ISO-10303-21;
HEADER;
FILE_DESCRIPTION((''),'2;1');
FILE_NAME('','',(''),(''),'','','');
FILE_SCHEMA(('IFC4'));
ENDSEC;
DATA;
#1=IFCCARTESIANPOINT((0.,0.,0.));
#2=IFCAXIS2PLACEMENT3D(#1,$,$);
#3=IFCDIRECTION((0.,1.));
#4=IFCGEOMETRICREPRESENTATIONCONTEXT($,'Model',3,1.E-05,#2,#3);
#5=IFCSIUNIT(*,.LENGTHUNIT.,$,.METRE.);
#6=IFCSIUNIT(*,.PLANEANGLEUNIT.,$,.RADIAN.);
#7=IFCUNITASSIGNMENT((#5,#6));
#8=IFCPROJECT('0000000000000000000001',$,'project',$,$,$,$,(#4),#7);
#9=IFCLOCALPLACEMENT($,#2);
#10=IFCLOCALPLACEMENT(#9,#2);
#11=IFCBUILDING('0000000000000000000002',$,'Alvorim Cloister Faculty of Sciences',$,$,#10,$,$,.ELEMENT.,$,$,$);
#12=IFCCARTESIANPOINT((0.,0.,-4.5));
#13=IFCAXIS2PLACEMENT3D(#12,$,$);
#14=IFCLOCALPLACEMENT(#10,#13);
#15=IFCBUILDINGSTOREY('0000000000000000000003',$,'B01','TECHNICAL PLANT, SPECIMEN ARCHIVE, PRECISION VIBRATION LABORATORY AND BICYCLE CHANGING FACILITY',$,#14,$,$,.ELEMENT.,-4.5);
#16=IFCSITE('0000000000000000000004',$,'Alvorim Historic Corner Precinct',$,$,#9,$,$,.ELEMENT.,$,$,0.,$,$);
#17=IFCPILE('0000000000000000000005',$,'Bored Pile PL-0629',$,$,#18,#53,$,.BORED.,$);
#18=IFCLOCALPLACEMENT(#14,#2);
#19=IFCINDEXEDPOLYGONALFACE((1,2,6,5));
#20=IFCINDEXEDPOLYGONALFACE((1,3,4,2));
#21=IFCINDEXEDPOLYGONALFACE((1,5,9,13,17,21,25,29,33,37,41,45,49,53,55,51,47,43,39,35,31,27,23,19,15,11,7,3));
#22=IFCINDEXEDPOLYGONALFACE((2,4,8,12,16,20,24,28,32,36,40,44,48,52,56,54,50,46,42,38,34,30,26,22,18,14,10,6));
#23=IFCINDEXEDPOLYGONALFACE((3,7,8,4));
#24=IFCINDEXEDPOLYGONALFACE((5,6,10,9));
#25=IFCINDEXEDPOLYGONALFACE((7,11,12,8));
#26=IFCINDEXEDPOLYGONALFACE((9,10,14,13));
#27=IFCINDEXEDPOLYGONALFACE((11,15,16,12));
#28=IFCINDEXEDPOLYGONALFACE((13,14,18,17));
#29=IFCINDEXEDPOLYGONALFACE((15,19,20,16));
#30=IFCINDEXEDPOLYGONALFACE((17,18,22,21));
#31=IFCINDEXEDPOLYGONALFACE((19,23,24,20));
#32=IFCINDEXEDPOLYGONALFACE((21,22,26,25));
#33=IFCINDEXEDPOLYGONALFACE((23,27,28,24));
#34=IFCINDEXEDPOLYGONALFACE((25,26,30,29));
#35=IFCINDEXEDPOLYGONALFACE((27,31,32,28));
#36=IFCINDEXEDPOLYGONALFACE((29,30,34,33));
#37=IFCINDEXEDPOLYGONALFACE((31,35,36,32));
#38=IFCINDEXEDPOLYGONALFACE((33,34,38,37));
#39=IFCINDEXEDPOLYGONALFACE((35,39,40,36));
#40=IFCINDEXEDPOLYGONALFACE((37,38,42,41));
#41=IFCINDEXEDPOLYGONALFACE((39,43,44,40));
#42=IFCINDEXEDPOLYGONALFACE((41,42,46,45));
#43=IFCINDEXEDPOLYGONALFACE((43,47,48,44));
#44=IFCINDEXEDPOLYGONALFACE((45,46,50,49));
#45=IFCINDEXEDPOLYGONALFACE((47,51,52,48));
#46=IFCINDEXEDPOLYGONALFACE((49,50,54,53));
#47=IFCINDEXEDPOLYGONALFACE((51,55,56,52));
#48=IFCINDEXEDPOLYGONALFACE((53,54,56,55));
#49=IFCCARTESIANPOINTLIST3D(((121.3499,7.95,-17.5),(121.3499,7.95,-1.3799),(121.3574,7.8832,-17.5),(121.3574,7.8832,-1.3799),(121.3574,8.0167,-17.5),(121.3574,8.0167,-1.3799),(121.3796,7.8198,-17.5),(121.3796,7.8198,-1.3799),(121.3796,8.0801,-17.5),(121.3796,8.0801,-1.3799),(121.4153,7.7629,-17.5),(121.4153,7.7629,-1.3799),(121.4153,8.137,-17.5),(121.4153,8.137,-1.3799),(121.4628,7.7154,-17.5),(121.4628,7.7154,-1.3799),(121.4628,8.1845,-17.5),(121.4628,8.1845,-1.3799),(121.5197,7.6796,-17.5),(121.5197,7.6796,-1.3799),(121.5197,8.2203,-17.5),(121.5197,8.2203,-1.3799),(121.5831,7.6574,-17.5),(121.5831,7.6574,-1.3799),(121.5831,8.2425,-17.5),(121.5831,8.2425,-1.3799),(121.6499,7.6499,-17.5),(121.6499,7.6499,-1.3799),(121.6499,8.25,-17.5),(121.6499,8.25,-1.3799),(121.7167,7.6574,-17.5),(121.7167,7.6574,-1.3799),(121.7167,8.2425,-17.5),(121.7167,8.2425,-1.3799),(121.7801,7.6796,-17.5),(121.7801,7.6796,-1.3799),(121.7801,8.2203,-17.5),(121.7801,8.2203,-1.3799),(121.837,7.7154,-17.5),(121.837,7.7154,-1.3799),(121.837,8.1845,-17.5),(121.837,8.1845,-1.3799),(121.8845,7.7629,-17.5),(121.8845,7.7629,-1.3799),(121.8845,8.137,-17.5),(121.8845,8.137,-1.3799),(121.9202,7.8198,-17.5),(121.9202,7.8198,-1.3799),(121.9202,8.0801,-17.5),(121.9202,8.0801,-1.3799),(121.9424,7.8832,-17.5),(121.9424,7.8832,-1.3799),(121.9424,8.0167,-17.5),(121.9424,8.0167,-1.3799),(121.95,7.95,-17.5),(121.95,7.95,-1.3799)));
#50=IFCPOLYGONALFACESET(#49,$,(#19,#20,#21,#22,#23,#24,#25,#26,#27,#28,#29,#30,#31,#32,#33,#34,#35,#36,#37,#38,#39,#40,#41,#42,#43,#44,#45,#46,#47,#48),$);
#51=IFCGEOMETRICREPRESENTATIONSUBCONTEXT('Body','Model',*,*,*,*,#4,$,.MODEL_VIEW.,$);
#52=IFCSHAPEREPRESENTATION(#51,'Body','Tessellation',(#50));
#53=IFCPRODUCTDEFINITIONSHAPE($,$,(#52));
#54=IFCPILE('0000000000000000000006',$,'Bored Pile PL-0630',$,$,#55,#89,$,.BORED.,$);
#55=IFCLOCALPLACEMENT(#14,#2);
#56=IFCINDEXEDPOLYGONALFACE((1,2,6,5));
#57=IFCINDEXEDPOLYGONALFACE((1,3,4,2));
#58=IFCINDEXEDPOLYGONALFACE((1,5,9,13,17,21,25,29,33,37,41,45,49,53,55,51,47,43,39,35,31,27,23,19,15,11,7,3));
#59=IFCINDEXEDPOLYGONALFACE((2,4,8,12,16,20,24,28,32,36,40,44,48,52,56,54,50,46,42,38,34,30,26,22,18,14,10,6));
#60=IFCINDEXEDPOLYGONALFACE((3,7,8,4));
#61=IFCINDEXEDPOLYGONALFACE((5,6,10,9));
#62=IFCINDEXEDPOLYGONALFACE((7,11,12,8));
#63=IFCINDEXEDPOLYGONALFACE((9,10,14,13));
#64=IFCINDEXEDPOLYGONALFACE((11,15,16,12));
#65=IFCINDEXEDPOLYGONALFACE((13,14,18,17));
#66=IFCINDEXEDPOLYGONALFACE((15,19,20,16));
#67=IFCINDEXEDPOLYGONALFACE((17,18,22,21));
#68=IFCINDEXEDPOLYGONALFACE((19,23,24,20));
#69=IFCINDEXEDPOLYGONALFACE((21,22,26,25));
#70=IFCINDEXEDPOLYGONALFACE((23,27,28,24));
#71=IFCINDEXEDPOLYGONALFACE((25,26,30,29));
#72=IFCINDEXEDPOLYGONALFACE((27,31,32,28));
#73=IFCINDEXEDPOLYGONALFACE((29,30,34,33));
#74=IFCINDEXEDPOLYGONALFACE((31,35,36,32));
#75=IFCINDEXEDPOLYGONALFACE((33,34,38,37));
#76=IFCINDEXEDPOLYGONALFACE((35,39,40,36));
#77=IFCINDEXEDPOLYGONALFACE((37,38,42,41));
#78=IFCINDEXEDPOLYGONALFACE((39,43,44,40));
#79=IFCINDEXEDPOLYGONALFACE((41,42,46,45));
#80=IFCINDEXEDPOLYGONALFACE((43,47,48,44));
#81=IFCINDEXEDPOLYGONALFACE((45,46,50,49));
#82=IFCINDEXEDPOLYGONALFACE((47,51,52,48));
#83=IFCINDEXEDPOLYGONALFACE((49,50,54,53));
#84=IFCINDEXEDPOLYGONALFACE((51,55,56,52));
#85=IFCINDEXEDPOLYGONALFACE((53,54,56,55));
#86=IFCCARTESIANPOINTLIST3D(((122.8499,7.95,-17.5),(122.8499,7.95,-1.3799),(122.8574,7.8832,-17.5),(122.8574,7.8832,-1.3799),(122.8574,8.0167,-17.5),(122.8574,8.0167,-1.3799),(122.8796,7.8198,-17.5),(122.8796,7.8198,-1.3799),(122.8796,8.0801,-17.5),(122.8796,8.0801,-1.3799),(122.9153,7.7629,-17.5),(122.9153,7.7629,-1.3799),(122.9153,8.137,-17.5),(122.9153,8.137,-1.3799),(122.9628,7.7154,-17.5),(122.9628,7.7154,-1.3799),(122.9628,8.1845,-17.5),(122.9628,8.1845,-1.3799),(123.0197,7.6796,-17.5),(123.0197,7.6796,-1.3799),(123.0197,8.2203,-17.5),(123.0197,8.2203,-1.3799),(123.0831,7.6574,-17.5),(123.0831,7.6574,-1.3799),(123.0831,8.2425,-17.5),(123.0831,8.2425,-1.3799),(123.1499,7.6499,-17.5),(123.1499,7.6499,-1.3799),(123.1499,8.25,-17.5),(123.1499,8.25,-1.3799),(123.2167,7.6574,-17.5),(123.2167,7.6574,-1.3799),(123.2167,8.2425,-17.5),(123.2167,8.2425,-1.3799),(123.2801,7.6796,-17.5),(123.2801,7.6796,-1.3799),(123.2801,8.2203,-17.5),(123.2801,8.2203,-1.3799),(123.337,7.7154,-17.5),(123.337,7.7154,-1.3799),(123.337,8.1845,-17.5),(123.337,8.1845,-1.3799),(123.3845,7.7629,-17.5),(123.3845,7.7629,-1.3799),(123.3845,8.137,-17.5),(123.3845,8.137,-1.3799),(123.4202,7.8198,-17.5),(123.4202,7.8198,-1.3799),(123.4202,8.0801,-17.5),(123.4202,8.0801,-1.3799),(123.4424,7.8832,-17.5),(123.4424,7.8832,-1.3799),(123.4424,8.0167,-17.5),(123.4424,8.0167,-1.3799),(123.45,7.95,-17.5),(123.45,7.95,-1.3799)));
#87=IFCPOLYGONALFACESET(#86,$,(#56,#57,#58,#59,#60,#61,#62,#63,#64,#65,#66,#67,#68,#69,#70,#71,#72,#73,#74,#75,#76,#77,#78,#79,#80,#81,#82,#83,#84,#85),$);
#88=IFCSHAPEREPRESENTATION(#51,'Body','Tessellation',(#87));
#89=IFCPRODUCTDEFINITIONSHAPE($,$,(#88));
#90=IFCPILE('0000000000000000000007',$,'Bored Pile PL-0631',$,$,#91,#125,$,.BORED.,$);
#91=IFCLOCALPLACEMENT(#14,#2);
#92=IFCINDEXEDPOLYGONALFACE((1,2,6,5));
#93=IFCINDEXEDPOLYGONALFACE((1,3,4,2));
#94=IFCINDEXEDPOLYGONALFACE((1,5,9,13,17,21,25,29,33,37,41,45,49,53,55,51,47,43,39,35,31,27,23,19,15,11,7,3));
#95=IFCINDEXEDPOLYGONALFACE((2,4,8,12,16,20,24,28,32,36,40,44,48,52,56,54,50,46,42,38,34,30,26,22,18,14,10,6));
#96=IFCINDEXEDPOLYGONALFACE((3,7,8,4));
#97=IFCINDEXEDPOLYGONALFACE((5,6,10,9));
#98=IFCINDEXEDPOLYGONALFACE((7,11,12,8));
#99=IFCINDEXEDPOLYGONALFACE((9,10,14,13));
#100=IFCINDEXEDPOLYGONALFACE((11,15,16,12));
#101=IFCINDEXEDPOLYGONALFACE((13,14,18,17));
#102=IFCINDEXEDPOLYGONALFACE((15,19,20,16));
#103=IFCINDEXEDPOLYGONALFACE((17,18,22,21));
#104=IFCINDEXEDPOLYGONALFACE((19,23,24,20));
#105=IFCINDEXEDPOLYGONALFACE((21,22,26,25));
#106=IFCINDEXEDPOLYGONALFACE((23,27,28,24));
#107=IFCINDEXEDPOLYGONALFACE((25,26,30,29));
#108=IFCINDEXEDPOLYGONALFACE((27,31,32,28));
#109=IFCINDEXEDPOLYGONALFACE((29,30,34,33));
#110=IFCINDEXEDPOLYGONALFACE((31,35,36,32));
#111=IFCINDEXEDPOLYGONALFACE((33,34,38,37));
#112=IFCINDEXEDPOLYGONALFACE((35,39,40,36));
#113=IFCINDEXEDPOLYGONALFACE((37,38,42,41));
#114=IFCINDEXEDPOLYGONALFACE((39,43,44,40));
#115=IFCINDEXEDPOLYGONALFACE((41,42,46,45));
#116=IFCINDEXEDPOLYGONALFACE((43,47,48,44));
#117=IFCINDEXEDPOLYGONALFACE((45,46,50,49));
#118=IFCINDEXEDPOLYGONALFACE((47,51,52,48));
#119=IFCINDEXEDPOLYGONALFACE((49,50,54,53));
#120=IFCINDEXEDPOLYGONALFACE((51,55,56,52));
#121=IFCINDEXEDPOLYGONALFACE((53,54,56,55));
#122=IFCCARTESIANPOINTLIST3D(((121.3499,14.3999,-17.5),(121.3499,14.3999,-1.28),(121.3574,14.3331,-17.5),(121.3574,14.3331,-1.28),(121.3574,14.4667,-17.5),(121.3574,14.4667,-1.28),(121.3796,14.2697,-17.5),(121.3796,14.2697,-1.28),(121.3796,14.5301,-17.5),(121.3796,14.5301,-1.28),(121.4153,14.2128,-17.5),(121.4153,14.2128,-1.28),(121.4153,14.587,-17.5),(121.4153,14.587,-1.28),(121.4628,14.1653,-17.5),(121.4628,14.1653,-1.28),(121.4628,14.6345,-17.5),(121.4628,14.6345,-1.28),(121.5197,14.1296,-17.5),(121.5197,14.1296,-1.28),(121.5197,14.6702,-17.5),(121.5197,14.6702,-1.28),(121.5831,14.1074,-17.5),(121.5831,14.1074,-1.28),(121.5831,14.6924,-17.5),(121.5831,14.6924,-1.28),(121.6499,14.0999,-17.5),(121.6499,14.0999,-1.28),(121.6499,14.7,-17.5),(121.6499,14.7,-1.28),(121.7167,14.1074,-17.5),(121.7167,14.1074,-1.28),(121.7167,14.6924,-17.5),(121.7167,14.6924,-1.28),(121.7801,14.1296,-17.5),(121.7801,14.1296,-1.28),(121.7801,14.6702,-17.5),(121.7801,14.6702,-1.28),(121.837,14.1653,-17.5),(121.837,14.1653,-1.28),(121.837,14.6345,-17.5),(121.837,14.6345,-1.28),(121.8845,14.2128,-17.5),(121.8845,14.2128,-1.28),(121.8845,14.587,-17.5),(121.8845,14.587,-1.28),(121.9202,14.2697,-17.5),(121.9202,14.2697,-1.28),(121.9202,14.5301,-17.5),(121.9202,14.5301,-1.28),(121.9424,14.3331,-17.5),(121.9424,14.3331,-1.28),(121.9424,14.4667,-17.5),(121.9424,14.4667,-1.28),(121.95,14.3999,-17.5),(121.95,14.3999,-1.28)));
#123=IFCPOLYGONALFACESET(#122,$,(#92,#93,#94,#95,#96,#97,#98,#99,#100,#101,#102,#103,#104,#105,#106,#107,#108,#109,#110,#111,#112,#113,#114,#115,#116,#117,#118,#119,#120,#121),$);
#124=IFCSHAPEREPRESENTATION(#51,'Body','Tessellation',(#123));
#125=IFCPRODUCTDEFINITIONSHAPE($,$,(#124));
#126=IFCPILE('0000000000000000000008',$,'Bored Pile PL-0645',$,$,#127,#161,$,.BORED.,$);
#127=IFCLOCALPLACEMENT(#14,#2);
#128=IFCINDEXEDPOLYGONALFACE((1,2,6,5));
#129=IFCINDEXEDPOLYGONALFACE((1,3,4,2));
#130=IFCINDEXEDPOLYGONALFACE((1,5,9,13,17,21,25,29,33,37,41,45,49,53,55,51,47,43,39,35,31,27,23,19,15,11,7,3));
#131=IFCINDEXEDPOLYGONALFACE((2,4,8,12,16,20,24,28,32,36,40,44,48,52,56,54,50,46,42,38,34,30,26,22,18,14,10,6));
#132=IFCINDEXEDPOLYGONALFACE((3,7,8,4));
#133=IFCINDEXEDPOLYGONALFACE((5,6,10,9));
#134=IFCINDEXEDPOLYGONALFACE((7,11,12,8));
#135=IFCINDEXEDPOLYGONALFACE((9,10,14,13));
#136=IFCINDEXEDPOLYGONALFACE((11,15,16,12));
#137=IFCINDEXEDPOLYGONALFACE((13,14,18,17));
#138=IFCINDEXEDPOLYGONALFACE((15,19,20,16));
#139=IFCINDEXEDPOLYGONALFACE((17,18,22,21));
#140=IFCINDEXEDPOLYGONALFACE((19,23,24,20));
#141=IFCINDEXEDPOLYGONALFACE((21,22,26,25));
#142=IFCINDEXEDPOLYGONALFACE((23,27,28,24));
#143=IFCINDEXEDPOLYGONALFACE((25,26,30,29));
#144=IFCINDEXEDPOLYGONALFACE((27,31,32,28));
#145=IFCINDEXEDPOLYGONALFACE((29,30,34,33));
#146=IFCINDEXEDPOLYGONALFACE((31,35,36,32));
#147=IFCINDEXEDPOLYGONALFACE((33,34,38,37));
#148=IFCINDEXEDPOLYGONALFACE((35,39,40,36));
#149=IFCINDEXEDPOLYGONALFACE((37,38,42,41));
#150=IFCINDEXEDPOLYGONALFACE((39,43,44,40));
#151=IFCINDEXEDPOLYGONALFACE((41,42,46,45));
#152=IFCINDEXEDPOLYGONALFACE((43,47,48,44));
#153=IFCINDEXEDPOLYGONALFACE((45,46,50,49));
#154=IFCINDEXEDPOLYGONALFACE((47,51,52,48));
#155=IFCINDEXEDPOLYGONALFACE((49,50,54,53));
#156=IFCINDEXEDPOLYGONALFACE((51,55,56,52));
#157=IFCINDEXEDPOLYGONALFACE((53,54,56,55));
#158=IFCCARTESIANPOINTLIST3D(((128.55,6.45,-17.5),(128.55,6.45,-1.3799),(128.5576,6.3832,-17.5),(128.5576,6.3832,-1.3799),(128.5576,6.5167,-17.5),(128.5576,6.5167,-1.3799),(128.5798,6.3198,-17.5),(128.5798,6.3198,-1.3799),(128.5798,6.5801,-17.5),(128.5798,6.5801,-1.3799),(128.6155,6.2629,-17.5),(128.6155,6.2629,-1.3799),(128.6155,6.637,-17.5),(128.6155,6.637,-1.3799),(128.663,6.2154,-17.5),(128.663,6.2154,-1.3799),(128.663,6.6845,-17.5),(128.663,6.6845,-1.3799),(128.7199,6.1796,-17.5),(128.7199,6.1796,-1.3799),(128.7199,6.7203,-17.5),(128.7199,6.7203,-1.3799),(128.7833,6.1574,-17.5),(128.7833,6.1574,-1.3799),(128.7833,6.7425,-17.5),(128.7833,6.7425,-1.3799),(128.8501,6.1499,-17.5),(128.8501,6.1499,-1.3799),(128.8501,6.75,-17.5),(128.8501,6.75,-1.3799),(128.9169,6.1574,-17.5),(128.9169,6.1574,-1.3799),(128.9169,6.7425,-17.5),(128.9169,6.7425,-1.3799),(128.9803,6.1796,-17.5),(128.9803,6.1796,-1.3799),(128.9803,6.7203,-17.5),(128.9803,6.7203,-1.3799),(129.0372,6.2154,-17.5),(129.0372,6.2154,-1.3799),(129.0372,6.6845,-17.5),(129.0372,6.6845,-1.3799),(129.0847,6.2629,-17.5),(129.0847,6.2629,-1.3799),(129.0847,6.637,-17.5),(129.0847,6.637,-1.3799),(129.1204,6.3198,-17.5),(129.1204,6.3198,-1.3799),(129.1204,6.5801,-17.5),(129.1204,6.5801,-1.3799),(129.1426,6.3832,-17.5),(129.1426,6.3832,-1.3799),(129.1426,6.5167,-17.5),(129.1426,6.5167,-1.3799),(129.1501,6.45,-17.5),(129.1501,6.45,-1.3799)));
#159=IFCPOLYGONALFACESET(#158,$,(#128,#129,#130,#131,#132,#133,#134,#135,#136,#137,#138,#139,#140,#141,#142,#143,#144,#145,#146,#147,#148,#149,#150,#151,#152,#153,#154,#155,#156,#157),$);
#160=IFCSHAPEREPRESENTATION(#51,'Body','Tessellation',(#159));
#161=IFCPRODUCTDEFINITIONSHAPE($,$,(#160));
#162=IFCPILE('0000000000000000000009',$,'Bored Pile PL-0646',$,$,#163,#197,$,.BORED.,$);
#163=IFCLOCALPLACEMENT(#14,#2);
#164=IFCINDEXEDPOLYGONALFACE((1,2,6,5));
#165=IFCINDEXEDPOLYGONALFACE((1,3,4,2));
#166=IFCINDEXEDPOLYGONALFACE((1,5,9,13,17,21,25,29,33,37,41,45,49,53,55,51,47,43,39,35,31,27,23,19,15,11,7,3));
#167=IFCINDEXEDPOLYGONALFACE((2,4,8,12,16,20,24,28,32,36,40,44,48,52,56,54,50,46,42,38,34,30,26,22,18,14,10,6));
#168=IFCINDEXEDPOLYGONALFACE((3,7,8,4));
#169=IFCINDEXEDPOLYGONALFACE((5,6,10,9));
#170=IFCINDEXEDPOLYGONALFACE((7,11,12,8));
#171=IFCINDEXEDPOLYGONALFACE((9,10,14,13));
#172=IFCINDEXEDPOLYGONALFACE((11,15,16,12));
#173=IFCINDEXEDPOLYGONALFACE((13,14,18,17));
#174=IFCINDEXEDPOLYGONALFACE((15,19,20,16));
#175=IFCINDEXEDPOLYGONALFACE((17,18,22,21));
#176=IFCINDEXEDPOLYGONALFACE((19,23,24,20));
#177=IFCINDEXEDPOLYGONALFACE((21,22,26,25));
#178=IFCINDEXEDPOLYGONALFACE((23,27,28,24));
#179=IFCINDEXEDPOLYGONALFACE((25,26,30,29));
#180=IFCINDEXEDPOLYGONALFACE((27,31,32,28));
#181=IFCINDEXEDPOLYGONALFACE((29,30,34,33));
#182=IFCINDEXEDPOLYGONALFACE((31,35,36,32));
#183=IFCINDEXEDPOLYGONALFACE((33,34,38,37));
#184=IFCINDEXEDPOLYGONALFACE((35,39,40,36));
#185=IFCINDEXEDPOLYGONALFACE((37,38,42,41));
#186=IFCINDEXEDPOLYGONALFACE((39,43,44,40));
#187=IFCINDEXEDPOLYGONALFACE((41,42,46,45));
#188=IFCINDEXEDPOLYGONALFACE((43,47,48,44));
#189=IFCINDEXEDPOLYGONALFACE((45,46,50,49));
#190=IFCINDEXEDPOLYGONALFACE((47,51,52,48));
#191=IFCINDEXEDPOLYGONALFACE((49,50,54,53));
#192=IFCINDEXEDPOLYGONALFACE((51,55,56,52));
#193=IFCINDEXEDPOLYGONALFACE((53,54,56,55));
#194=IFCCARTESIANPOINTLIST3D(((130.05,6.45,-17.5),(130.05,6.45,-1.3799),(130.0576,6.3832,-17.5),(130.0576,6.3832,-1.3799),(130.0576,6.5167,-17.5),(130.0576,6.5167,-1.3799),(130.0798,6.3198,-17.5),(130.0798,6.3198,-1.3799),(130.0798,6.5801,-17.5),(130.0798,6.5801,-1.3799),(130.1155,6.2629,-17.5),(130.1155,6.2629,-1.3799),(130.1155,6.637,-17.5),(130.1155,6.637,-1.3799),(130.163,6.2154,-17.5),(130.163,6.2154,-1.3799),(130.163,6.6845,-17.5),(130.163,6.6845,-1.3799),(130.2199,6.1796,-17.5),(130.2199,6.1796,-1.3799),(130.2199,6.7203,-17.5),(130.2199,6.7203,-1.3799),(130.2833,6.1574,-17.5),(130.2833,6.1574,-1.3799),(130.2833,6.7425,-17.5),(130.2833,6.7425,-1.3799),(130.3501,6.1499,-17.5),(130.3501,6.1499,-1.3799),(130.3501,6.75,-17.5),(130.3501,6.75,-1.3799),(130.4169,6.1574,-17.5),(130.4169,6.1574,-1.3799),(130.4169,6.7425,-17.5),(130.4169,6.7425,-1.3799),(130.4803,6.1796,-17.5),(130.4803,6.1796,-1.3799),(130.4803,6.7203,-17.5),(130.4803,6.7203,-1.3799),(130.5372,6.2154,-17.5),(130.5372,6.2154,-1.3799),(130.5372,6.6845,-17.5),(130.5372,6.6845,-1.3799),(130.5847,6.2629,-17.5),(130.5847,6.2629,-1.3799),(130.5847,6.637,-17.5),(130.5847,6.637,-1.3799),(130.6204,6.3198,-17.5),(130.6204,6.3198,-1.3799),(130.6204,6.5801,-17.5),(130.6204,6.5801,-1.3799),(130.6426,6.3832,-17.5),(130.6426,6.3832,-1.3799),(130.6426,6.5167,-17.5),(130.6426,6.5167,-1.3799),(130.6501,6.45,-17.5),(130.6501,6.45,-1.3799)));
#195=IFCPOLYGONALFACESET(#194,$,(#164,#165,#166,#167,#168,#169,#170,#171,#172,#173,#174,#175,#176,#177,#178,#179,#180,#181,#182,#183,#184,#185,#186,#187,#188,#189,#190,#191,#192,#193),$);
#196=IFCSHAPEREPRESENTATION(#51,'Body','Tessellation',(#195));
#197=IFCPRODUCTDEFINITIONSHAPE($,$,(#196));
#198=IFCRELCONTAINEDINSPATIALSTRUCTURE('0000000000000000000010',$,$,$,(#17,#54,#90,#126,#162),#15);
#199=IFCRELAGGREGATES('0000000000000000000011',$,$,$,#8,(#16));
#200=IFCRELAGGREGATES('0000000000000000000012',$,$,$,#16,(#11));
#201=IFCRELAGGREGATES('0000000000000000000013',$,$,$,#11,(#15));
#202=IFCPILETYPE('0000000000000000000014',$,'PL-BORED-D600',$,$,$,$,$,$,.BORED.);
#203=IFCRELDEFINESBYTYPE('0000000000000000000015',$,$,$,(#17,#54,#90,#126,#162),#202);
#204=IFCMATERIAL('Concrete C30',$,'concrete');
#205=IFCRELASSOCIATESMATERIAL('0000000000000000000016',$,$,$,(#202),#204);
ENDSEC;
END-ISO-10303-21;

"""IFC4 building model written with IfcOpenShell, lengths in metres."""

from ifc_helpers import new_model, si_unit, direction, frame, origin, origin_2d, place, context, subcontext, project, spatial, circle, extrude, material, material_profile, profile_set, type_object, element, save


model = new_model("IFC4")

# Units and contexts
model_context = context("Model", 3, precision=1e-05, world=origin(), true_north=direction((0.0, 1.0)))
body_context = subcontext(model_context, "Body", "Model", "MODEL_VIEW")
ifc_project = project(units=[si_unit("LENGTHUNIT", "METRE"), si_unit("PLANEANGLEUNIT", "RADIAN")], contexts=[model_context])

# Site, building, storey
site_placement = place(None, origin())
site = spatial("IfcSite", under=ifc_project, at=site_placement, Name="Alvorim Historic Corner Precinct", CompositionType="ELEMENT", RefElevation=0.0)
building_placement = place(site_placement, origin())
building = spatial("IfcBuilding", under=site, at=building_placement, Name="Alvorim Cloister Faculty of Sciences", CompositionType="ELEMENT")
storey_placement = place(building_placement, frame((0.0, 0.0, -4.5)))
storey = spatial("IfcBuildingStorey", under=building, at=storey_placement, Name="B01", Description="TECHNICAL PLANT, SPECIMEN ARCHIVE, PRECISION VIBRATION LABORATORY AND BICYCLE CHANGING FACILITY", CompositionType="ELEMENT", Elevation=-4.5)

# Piles
ifc_material_1 = material(Name="Concrete C30", Category="concrete")
ifc_material_profile_1 = material_profile(ifc_material_1, circle(Radius=0.3, at=origin_2d()), Name="PILE-D600")
ifc_profile_set_1 = profile_set([ifc_material_profile_1], Name="Concrete C30")
pile_type_1 = type_object("IfcPileType", Name="PL-BORED-D600", PredefinedType="BORED", material=ifc_profile_set_1)
for number, where, z_axis, x_axis, name in (
    (1, (121.6499, 7.95, -1.3799), (0.0, 0.0, -1.0), (1.0, 0.0, 0.0), "Bored Pile PL-0629"),
    (2, (123.1499, 7.95, -1.3799), (0.0, 0.0, -1.0), (1.0, 0.0, 0.0), "Bored Pile PL-0630"),
):
    element("IfcPile", number, at=place(storey_placement, frame(where, z_axis=z_axis, x_axis=x_axis)), inside=storey, type_object=pile_type_1, Name=name, PredefinedType="BORED", context=body_context, shape_type="SweptSolid", body=[
        extrude(circle(Radius=0.3, at=origin_2d()), origin(), (0.0, 0.0, 1.0), 16.1201),
    ])
pile_placement = place(storey_placement, frame((121.6499, 14.3999, -1.28), z_axis=(0.0, 0.0, -1.0), x_axis=(1.0, 0.0, 0.0)))
element("IfcPile", 3, at=pile_placement, inside=storey, type_object=pile_type_1, Name="Bored Pile PL-0631", PredefinedType="BORED", context=body_context, shape_type="SweptSolid", body=[
    extrude(circle(Radius=0.3, at=origin_2d()), origin(), (0.0, 0.0, 1.0), 16.22),
])
for number, where, z_axis, x_axis, name in (
    (4, (128.8501, 6.45, -1.3799), (0.0, 0.0, -1.0), (1.0, 0.0, 0.0), "Bored Pile PL-0645"),
    (5, (130.3501, 6.45, -1.3799), (0.0, 0.0, -1.0), (1.0, 0.0, 0.0), "Bored Pile PL-0646"),
):
    element("IfcPile", number, at=place(storey_placement, frame(where, z_axis=z_axis, x_axis=x_axis)), inside=storey, type_object=pile_type_1, Name=name, PredefinedType="BORED", context=body_context, shape_type="SweptSolid", body=[
        extrude(circle(Radius=0.3, at=origin_2d()), origin(), (0.0, 0.0, 1.0), 16.1201),
    ])

save(model, "model.ifc")
